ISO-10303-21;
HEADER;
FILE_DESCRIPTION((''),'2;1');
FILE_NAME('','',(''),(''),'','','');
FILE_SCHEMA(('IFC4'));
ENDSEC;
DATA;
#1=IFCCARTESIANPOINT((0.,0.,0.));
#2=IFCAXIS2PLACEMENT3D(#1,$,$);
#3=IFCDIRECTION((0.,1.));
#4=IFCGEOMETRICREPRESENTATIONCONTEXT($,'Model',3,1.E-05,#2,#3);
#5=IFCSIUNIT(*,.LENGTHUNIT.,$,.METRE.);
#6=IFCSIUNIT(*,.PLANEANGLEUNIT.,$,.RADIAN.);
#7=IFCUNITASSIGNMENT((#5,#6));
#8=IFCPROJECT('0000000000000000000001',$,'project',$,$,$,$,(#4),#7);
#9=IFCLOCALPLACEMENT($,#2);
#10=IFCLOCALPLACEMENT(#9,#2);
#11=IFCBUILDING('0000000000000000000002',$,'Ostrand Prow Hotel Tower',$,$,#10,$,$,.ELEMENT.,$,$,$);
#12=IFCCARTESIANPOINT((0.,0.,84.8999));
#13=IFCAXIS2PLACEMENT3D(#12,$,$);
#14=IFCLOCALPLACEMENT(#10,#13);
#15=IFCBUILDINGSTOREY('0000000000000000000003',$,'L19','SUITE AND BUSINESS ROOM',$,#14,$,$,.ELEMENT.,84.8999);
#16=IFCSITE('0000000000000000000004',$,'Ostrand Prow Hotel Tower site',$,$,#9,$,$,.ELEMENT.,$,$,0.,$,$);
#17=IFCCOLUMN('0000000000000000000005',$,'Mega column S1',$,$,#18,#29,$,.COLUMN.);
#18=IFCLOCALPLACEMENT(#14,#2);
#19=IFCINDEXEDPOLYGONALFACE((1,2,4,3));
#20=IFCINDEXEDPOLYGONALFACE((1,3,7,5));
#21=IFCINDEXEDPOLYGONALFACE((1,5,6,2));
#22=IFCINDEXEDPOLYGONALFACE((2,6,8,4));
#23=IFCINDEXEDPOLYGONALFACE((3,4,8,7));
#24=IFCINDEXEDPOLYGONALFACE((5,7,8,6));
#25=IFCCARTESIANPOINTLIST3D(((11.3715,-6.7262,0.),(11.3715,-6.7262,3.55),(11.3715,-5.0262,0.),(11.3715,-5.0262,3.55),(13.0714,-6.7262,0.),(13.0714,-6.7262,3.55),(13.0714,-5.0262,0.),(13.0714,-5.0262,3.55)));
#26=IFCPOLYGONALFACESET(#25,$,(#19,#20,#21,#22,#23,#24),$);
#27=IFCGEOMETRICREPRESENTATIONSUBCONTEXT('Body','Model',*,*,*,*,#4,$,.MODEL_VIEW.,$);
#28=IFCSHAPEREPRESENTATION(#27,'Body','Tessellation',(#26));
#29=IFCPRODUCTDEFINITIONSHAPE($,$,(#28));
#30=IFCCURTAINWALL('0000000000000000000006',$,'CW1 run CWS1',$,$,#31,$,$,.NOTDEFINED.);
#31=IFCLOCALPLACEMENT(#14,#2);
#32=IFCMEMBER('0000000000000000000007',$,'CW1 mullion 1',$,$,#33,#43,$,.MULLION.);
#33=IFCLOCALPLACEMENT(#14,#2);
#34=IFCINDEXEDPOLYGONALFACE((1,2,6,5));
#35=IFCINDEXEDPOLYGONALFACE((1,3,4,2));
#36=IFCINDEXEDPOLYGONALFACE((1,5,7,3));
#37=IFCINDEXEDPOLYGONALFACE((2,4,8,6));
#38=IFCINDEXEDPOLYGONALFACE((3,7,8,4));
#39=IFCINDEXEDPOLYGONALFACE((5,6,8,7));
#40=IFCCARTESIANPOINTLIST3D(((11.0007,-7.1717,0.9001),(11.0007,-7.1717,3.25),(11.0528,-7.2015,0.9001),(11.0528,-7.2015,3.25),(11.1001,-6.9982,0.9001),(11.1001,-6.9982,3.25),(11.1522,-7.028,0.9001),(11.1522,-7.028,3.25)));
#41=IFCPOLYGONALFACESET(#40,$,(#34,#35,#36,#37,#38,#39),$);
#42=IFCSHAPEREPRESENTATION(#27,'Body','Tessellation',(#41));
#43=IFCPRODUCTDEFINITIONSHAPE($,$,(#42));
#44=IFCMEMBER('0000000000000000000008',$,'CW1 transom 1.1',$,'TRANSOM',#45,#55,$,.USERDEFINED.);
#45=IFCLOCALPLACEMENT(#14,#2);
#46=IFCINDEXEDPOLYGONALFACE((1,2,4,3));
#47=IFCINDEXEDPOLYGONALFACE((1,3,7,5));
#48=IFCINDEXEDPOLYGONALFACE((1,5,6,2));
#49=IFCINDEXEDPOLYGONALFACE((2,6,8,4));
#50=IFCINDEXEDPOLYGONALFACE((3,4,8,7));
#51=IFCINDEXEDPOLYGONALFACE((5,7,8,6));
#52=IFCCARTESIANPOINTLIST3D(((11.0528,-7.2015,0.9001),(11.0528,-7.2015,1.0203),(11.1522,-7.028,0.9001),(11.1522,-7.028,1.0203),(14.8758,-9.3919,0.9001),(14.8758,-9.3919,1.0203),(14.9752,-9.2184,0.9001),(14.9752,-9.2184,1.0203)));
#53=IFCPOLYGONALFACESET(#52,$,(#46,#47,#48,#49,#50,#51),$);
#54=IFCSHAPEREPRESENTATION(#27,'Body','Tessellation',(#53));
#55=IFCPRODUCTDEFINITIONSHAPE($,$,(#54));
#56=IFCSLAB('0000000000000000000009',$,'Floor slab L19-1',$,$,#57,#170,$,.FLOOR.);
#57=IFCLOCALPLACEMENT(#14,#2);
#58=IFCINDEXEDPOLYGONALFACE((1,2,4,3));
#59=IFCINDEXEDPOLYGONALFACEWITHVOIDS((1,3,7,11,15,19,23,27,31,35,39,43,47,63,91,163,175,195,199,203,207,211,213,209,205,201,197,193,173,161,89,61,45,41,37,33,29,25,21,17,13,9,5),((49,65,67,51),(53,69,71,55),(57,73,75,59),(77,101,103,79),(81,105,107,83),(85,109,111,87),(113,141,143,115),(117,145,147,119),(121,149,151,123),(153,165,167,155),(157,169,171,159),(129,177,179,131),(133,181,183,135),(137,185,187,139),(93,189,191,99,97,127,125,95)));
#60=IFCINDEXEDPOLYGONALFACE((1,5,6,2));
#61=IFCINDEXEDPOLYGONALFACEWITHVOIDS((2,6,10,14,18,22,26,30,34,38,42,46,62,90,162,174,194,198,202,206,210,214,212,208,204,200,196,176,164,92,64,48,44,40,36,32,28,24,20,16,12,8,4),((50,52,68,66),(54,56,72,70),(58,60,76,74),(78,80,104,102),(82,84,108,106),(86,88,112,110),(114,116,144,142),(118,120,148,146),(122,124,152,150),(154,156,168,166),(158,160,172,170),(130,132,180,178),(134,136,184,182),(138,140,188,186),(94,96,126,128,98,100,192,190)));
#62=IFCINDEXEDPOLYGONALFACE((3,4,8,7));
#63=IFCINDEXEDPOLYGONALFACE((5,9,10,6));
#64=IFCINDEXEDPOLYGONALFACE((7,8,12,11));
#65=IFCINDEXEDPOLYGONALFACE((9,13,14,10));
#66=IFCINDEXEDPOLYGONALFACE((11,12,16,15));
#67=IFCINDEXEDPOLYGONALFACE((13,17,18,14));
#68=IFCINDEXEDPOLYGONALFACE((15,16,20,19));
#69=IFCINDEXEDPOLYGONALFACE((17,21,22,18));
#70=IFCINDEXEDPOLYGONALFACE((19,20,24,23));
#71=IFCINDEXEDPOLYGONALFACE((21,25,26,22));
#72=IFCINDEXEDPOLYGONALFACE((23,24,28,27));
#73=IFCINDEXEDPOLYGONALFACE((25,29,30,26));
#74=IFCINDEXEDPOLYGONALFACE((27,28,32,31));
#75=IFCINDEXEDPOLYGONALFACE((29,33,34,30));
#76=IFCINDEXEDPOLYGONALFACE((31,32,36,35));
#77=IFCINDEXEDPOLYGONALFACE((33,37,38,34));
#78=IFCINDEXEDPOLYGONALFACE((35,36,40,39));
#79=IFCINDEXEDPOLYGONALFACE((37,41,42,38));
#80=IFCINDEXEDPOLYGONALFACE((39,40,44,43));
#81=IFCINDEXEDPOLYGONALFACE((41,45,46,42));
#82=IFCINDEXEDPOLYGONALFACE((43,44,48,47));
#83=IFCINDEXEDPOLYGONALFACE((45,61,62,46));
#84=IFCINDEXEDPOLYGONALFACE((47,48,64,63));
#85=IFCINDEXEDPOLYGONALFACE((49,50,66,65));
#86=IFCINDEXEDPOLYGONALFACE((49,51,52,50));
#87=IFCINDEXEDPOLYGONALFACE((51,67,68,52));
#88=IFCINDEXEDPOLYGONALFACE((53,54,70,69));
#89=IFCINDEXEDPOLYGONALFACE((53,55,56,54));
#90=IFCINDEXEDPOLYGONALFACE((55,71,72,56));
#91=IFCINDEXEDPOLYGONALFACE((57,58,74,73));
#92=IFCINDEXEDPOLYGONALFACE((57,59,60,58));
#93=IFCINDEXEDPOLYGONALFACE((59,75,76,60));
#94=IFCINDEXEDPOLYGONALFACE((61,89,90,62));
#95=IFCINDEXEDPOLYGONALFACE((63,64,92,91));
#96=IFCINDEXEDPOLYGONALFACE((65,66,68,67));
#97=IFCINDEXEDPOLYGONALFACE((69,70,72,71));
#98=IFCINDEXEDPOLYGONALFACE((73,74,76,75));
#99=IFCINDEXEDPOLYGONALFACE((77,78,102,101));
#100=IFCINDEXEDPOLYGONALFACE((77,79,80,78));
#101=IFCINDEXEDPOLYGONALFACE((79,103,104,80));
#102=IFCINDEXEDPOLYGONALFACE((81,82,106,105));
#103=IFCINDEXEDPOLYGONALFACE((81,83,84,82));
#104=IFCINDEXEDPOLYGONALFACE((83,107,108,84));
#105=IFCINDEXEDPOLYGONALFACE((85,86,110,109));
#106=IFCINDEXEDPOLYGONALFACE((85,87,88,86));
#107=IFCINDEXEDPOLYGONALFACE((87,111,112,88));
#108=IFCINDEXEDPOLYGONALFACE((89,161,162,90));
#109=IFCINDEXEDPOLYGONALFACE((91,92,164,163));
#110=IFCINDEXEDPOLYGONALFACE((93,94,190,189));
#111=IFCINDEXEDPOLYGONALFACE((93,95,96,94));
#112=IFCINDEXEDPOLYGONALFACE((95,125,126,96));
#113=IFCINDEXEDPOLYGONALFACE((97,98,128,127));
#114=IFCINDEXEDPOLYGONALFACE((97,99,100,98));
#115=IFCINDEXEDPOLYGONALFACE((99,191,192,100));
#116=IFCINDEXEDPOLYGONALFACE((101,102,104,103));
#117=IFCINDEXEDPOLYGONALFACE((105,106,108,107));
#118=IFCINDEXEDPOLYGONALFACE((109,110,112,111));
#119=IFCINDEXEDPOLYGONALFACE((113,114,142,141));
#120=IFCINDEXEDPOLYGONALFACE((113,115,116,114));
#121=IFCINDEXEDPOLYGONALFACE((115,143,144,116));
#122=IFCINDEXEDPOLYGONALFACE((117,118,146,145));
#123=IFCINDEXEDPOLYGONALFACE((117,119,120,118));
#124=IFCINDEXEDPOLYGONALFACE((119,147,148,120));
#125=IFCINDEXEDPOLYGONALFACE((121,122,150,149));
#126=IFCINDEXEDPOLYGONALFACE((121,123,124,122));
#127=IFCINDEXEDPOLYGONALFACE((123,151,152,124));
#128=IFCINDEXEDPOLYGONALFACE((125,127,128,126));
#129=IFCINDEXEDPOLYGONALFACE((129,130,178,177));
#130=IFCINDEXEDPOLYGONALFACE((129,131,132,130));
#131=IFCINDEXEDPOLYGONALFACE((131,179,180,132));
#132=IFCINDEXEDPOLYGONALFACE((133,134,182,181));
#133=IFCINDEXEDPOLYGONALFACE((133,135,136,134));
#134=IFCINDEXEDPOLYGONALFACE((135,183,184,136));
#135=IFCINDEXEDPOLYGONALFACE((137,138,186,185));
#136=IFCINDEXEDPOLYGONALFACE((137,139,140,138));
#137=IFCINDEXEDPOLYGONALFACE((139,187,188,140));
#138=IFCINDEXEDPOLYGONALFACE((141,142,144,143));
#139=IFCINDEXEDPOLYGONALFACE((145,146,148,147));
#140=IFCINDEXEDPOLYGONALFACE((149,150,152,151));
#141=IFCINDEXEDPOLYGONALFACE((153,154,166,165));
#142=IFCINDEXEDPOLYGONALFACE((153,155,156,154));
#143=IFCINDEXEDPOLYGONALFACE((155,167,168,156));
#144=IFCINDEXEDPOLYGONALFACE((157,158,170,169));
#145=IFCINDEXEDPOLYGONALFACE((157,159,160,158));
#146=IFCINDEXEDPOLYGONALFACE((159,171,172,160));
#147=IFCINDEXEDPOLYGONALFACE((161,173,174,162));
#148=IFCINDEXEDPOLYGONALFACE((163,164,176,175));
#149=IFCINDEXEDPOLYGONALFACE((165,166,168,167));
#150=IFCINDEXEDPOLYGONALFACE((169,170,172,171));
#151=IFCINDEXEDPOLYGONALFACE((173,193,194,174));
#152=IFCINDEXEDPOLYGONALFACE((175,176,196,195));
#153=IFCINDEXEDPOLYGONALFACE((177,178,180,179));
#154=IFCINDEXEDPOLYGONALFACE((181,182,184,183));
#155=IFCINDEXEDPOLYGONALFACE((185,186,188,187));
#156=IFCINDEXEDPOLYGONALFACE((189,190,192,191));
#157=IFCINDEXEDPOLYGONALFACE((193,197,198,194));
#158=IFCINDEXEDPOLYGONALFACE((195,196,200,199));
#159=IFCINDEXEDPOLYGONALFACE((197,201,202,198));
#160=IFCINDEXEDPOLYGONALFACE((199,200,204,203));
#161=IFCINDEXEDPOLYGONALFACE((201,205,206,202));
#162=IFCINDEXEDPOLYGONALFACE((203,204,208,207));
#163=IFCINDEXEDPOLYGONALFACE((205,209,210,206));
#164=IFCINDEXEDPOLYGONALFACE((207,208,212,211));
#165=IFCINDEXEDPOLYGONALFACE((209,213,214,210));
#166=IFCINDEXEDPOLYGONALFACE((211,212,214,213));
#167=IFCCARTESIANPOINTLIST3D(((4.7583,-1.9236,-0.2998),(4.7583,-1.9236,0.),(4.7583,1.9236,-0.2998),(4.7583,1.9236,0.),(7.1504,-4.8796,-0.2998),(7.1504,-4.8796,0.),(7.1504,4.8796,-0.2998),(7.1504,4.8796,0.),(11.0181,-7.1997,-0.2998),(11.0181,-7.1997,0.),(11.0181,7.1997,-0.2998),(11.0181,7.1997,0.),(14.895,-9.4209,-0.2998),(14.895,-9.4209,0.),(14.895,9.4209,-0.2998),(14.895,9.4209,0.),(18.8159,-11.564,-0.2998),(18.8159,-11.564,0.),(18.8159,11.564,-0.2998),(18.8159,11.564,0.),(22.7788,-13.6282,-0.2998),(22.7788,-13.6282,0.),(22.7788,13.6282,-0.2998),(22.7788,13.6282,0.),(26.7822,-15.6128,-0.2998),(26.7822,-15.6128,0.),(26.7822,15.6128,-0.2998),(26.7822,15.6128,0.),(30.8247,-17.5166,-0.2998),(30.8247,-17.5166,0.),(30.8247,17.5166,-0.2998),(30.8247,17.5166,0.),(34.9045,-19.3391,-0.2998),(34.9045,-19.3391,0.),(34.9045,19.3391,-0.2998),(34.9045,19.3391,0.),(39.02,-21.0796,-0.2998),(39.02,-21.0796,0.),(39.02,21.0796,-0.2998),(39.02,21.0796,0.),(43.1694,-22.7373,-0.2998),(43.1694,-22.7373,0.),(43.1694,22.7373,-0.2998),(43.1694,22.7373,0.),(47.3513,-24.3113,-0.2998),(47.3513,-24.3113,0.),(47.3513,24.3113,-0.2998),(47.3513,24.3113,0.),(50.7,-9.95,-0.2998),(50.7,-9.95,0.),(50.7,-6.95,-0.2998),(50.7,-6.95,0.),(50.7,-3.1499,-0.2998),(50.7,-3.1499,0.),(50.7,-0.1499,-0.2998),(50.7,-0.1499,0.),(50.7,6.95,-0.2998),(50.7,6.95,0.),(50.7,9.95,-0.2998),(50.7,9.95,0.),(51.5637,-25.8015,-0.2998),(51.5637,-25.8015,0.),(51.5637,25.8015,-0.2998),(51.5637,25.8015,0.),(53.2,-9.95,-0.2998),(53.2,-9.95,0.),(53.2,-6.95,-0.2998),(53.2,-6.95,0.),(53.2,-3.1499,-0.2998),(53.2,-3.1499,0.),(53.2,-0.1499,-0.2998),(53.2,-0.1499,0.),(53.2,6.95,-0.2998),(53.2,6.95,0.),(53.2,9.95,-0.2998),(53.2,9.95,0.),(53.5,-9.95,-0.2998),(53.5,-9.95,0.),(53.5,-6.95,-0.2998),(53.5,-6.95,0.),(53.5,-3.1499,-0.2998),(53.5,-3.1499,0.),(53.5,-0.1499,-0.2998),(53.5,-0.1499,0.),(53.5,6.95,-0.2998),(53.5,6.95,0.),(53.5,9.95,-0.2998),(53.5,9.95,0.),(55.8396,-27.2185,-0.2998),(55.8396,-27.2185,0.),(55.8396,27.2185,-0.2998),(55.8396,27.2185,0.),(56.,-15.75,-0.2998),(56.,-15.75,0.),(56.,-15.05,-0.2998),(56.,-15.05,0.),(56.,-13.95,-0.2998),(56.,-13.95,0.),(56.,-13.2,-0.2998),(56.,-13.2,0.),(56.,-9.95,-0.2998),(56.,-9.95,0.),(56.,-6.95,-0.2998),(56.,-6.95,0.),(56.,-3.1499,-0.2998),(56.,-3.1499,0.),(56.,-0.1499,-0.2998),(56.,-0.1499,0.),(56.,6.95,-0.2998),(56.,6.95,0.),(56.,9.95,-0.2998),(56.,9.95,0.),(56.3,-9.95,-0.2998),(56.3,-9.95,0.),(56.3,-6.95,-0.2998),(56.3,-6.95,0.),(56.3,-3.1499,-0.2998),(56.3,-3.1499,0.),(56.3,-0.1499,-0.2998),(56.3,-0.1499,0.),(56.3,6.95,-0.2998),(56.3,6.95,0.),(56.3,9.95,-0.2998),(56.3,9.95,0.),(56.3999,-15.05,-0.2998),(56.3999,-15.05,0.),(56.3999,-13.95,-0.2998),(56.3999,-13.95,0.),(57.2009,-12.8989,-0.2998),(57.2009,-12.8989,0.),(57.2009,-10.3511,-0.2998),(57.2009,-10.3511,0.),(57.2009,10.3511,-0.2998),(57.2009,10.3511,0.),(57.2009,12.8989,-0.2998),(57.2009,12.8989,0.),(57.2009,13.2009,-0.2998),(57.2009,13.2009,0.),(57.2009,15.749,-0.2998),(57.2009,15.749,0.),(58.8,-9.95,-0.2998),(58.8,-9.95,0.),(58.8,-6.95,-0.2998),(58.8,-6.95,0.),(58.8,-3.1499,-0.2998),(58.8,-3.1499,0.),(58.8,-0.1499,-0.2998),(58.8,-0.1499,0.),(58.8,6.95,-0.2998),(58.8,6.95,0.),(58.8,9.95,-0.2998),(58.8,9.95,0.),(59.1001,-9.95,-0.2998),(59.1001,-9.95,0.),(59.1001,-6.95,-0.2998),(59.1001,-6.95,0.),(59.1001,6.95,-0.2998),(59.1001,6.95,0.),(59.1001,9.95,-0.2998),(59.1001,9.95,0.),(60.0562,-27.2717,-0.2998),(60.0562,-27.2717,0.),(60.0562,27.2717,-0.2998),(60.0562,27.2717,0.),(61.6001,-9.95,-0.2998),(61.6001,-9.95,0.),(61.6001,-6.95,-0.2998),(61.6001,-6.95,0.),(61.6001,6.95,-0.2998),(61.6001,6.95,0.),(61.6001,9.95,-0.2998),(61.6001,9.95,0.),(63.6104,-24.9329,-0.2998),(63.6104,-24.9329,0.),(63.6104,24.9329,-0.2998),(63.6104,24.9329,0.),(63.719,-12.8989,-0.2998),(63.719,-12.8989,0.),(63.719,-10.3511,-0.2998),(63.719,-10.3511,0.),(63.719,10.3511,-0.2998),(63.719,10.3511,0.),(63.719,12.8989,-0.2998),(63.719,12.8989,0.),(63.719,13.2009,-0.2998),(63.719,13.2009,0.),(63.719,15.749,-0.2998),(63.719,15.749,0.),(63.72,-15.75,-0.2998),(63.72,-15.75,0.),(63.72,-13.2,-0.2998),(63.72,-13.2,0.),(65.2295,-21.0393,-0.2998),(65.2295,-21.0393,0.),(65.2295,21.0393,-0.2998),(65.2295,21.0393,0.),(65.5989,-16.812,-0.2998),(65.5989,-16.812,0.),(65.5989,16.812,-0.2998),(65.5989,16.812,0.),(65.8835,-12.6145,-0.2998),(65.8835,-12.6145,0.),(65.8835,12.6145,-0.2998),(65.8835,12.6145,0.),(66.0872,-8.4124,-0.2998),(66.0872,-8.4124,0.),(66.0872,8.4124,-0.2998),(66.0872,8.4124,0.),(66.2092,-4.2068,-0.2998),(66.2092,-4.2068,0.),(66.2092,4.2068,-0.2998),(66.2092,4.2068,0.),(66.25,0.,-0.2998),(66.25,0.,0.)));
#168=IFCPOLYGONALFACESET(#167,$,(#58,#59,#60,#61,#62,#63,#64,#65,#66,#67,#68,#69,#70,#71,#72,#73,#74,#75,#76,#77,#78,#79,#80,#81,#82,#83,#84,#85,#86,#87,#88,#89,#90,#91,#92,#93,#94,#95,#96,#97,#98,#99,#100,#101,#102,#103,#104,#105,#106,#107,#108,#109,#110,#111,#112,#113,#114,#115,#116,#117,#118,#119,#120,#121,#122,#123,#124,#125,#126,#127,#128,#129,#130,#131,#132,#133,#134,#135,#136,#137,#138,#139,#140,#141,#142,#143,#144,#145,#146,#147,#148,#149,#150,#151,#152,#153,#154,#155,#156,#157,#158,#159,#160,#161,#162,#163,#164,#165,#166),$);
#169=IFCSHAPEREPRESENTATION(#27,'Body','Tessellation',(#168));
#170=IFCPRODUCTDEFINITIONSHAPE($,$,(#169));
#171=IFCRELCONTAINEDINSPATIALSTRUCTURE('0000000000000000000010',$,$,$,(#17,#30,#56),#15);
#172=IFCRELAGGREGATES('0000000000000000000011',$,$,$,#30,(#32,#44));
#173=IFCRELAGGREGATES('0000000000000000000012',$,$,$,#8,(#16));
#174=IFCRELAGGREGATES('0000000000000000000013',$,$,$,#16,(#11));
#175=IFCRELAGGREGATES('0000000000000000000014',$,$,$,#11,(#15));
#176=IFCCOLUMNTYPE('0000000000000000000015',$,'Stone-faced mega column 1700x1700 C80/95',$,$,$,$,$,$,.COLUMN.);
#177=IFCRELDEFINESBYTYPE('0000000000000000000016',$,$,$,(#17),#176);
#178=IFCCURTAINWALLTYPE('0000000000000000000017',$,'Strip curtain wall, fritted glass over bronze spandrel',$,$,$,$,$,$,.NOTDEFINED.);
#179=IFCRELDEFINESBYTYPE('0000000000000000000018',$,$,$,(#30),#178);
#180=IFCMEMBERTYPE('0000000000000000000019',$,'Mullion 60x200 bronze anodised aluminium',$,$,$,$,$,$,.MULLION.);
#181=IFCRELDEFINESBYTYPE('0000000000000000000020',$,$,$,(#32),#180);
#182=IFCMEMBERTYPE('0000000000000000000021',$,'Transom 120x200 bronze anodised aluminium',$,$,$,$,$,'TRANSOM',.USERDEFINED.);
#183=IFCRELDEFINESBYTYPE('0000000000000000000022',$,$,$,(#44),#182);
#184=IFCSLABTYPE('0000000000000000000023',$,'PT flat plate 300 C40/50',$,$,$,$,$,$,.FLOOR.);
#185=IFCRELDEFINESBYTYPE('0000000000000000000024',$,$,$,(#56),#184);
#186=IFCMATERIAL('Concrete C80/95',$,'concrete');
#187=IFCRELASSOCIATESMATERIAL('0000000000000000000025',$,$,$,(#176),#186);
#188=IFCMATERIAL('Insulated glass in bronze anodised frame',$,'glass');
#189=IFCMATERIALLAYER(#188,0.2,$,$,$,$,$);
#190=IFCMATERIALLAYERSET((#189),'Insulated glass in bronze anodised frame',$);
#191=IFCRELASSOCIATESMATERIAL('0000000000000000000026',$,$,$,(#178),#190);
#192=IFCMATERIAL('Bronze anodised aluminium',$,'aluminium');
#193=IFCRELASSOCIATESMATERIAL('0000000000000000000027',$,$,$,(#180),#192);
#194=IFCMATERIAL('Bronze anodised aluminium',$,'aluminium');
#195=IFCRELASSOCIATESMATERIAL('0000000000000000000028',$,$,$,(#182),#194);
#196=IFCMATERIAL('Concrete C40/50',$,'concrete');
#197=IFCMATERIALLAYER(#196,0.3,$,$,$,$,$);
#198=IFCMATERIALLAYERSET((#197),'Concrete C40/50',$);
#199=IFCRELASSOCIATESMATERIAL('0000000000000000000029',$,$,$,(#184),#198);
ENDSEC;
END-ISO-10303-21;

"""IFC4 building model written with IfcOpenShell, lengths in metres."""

from ifc_helpers import new_model, si_unit, direction, frame, origin, origin_2d, place, context, subcontext, project, spatial, polyline, rectangle, outline, extrude, material, layer, layer_set, material_profile, profile_set, type_object, element, aggregate, save


model = new_model("IFC4")

# Units and contexts
model_context = context("Model", 3, precision=1e-05, world=origin(), true_north=direction((0.0, 1.0)))
body_context = subcontext(model_context, "Body", "Model", "MODEL_VIEW")
ifc_project = project(units=[si_unit("LENGTHUNIT", "METRE"), si_unit("PLANEANGLEUNIT", "RADIAN")], contexts=[model_context])

# Site, building, storey
site_placement = place(None, origin())
site = spatial("IfcSite", under=ifc_project, at=site_placement, Name="Ostrand Prow Hotel Tower site", CompositionType="ELEMENT", RefElevation=0.0)
building_placement = place(site_placement, origin())
building = spatial("IfcBuilding", under=site, at=building_placement, Name="Ostrand Prow Hotel Tower", CompositionType="ELEMENT")
storey_placement = place(building_placement, frame((0.0, 0.0, 84.8999)))
storey = spatial("IfcBuildingStorey", under=building, at=storey_placement, Name="L19", Description="SUITE AND BUSINESS ROOM", CompositionType="ELEMENT", Elevation=84.8999)

# Column
ifc_material_1 = material(Name="Concrete C80/95", Category="concrete")
ifc_material_profile_1 = material_profile(ifc_material_1, rectangle(XDim=1.7, YDim=1.7, at=origin_2d()), Name="RC 1700x1700")
ifc_profile_set_1 = profile_set([ifc_material_profile_1], Name="Concrete C80/95")
column_type = type_object("IfcColumnType", Name="Stone-faced mega column 1700x1700 C80/95", PredefinedType="COLUMN", material=ifc_profile_set_1)
column_placement = place(storey_placement, frame((12.2214, -5.8762, 0.0), z_axis=(0.0, 0.0, 1.0), x_axis=(1.0, 0.0, 0.0)))
element("IfcColumn", 1, at=column_placement, inside=storey, type_object=column_type, Name="Mega column S1", PredefinedType="COLUMN", context=body_context, shape_type="SweptSolid", body=[
    extrude(rectangle(XDim=1.7, YDim=1.7, at=origin_2d()), origin(), (0.0, 0.0, 1.0), 3.55),
])

# Curtain wall, members
ifc_material_2 = material(Name="Insulated glass in bronze anodised frame", Category="glass")
ifc_layer_1 = layer(ifc_material_2, 0.2)
ifc_layer_set_1 = layer_set([ifc_layer_1], Name="Insulated glass in bronze anodised frame")
curtain_wall_type = type_object("IfcCurtainWallType", Name="Strip curtain wall, fritted glass over bronze spandrel", PredefinedType="NOTDEFINED", material=ifc_layer_set_1)
curtain_wall_placement = place(storey_placement, origin())
curtain_wall = element("IfcCurtainWall", 2, at=curtain_wall_placement, inside=storey, type_object=curtain_wall_type, Name="CW1 run CWS1", PredefinedType="NOTDEFINED")
ifc_material_3 = material(Name="Bronze anodised aluminium", Category="aluminium")
ifc_material_profile_2 = material_profile(ifc_material_3, rectangle(XDim=0.2, YDim=0.0601, at=origin_2d()), Name="Mullion 60x200 bronze anodised aluminium")
ifc_profile_set_2 = profile_set([ifc_material_profile_2], Name="Bronze anodised aluminium")
member_type_1 = type_object("IfcMemberType", Name="Mullion 60x200 bronze anodised aluminium", PredefinedType="MULLION", material=ifc_profile_set_2)
member_1_placement = place(storey_placement, frame((11.0764, -7.0999, 0.9001), z_axis=(0.0, 0.0, 1.0), x_axis=(0.497115, 0.867685, 0.0)))
member_1 = element("IfcMember", 3, at=member_1_placement, type_object=member_type_1, Name="CW1 mullion 1", PredefinedType="MULLION", context=body_context, shape_type="SweptSolid", body=[
    extrude(rectangle(XDim=0.2, YDim=0.0601, at=origin_2d()), origin(), (0.0, 0.0, 1.0), 2.3499),
])
ifc_material_4 = material(Name="Bronze anodised aluminium", Category="aluminium")
ifc_material_profile_3 = material_profile(ifc_material_4, rectangle(XDim=0.2, YDim=0.1201, at=origin_2d()), Name="Transom 120x200 bronze anodised aluminium")
ifc_profile_set_3 = profile_set([ifc_material_profile_3], Name="Bronze anodised aluminium")
member_type_2 = type_object("IfcMemberType", Name="Transom 120x200 bronze anodised aluminium", ElementType="TRANSOM", PredefinedType="USERDEFINED", material=ifc_profile_set_3)
member_2_placement = place(storey_placement, frame((11.1025, -7.1147, 0.9602), z_axis=(0.86767, -0.497141, 0.0), x_axis=(0.497141, 0.86767, 0.0)))
member_2 = element("IfcMember", 4, at=member_2_placement, type_object=member_type_2, Name="CW1 transom 1.1", ObjectType="TRANSOM", PredefinedType="USERDEFINED", context=body_context, shape_type="SweptSolid", body=[
    extrude(rectangle(XDim=0.2, YDim=0.1201, at=origin_2d()), origin(), (0.0, 0.0, 1.0), 4.406),
])
aggregate(curtain_wall, [member_1, member_2])

# Slab, opening
ifc_material_5 = material(Name="Concrete C40/50", Category="concrete")
ifc_layer_2 = layer(ifc_material_5, 0.3)
ifc_layer_set_2 = layer_set([ifc_layer_2], Name="Concrete C40/50")
slab_type = type_object("IfcSlabType", Name="PT flat plate 300 C40/50", PredefinedType="FLOOR", material=ifc_layer_set_2)
slab_placement = place(storey_placement, frame((0.0, 0.0, -0.2998)))
slab = element("IfcSlab", 5, at=slab_placement, inside=storey, type_object=slab_type, Name="Floor slab L19-1", PredefinedType="FLOOR", context=body_context, shape_type="SweptSolid", body=[
    extrude(outline(polyline([(7.1504, 4.8796), (11.0181, 7.1997), (14.895, 9.4209), (18.8159, 11.564), (22.7788, 13.6282), (26.7822, 15.6128), (30.8247, 17.5166), (34.9045, 19.3391), (39.02, 21.0796), (43.1694, 22.7373), (47.3513, 24.3113), (51.5637, 25.8015), (55.8396, 27.2185), (60.0562, 27.2717), (63.6104, 24.9329), (65.2295, 21.0393), (65.5989, 16.812), (65.8835, 12.6145), (66.0872, 8.4124), (66.2092, 4.2068), (66.25, 0.0), (66.2092, -4.2068), (66.0872, -8.4124), (65.8835, -12.6145), (65.5989, -16.812), (65.2295, -21.0393), (63.6104, -24.9329), (60.0562, -27.2717), (55.8396, -27.2185), (51.5637, -25.8015), (47.3513, -24.3113), (43.1694, -22.7373), (39.02, -21.0796), (34.9045, -19.3391), (30.8247, -17.5166), (26.7822, -15.6128), (22.7788, -13.6282), (18.8159, -11.564), (14.895, -9.4209), (11.0181, -7.1997), (7.1504, -4.8796), (4.7583, -1.9236), (4.7583, 1.9236), (7.1504, 4.8796)]), holes=[polyline([(50.7, 6.95), (53.2, 6.95), (53.2, 9.95), (50.7, 9.95), (50.7, 6.95)]), polyline([(53.5, 6.95), (56.0, 6.95), (56.0, 9.95), (53.5, 9.95), (53.5, 6.95)]), polyline([(56.3, 6.95), (58.8, 6.95), (58.8, 9.95), (56.3, 9.95), (56.3, 6.95)]), polyline([(59.1001, 6.95), (61.6001, 6.95), (61.6001, 9.95), (59.1001, 9.95), (59.1001, 6.95)]), polyline([(50.7, -3.1499), (53.2, -3.1499), (53.2, -0.1499), (50.7, -0.1499), (50.7, -3.1499)]), polyline([(53.5, -3.1499), (56.0, -3.1499), (56.0, -0.1499), (53.5, -0.1499), (53.5, -3.1499)]), polyline([(56.3, -3.1499), (58.8, -3.1499), (58.8, -0.1499), (56.3, -0.1499), (56.3, -3.1499)]), polyline([(50.7, -9.95), (53.2, -9.95), (53.2, -6.95), (50.7, -6.95), (50.7, -9.95)]), polyline([(53.5, -9.95), (56.0, -9.95), (56.0, -6.95), (53.5, -6.95), (53.5, -9.95)]), polyline([(56.3, -9.95), (58.8, -9.95), (58.8, -6.95), (56.3, -6.95), (56.3, -9.95)]), polyline([(59.1001, -9.95), (61.6001, -9.95), (61.6001, -6.95), (59.1001, -6.95), (59.1001, -9.95)]), polyline([(57.2009, 10.3511), (57.2009, 12.8989), (63.719, 12.8989), (63.719, 10.3511), (57.2009, 10.3511)]), polyline([(57.2009, 13.2009), (57.2009, 15.749), (63.719, 15.749), (63.719, 13.2009), (57.2009, 13.2009)]), polyline([(57.2009, -12.8989), (57.2009, -10.3511), (63.719, -10.3511), (63.719, -12.8989), (57.2009, -12.8989)]), polyline([(56.0, -13.2), (63.72, -13.2), (63.72, -15.75), (56.0, -15.75), (56.0, -15.05), (56.3999, -15.05), (56.3999, -13.95), (56.0, -13.95), (56.0, -13.2)])]), origin(), (0.0, 0.0, 1.0), 0.2998),
])
opening_1_placement = place(slab_placement, origin())
element("IfcOpeningElement", 6, at=opening_1_placement, cuts=slab, PredefinedType="OPENING", context=body_context, shape_type="SweptSolid", body=[
    extrude(outline(polyline([(56.0, -13.2), (63.72, -13.2), (63.72, -15.75), (56.0, -15.75), (56.0, -15.05), (56.3999, -15.05), (56.3999, -13.95), (56.0, -13.95), (56.0, -13.2)])), origin(), (0.0, 0.0, 1.0), 0.2998),
])

save(model, "model.ifc")
